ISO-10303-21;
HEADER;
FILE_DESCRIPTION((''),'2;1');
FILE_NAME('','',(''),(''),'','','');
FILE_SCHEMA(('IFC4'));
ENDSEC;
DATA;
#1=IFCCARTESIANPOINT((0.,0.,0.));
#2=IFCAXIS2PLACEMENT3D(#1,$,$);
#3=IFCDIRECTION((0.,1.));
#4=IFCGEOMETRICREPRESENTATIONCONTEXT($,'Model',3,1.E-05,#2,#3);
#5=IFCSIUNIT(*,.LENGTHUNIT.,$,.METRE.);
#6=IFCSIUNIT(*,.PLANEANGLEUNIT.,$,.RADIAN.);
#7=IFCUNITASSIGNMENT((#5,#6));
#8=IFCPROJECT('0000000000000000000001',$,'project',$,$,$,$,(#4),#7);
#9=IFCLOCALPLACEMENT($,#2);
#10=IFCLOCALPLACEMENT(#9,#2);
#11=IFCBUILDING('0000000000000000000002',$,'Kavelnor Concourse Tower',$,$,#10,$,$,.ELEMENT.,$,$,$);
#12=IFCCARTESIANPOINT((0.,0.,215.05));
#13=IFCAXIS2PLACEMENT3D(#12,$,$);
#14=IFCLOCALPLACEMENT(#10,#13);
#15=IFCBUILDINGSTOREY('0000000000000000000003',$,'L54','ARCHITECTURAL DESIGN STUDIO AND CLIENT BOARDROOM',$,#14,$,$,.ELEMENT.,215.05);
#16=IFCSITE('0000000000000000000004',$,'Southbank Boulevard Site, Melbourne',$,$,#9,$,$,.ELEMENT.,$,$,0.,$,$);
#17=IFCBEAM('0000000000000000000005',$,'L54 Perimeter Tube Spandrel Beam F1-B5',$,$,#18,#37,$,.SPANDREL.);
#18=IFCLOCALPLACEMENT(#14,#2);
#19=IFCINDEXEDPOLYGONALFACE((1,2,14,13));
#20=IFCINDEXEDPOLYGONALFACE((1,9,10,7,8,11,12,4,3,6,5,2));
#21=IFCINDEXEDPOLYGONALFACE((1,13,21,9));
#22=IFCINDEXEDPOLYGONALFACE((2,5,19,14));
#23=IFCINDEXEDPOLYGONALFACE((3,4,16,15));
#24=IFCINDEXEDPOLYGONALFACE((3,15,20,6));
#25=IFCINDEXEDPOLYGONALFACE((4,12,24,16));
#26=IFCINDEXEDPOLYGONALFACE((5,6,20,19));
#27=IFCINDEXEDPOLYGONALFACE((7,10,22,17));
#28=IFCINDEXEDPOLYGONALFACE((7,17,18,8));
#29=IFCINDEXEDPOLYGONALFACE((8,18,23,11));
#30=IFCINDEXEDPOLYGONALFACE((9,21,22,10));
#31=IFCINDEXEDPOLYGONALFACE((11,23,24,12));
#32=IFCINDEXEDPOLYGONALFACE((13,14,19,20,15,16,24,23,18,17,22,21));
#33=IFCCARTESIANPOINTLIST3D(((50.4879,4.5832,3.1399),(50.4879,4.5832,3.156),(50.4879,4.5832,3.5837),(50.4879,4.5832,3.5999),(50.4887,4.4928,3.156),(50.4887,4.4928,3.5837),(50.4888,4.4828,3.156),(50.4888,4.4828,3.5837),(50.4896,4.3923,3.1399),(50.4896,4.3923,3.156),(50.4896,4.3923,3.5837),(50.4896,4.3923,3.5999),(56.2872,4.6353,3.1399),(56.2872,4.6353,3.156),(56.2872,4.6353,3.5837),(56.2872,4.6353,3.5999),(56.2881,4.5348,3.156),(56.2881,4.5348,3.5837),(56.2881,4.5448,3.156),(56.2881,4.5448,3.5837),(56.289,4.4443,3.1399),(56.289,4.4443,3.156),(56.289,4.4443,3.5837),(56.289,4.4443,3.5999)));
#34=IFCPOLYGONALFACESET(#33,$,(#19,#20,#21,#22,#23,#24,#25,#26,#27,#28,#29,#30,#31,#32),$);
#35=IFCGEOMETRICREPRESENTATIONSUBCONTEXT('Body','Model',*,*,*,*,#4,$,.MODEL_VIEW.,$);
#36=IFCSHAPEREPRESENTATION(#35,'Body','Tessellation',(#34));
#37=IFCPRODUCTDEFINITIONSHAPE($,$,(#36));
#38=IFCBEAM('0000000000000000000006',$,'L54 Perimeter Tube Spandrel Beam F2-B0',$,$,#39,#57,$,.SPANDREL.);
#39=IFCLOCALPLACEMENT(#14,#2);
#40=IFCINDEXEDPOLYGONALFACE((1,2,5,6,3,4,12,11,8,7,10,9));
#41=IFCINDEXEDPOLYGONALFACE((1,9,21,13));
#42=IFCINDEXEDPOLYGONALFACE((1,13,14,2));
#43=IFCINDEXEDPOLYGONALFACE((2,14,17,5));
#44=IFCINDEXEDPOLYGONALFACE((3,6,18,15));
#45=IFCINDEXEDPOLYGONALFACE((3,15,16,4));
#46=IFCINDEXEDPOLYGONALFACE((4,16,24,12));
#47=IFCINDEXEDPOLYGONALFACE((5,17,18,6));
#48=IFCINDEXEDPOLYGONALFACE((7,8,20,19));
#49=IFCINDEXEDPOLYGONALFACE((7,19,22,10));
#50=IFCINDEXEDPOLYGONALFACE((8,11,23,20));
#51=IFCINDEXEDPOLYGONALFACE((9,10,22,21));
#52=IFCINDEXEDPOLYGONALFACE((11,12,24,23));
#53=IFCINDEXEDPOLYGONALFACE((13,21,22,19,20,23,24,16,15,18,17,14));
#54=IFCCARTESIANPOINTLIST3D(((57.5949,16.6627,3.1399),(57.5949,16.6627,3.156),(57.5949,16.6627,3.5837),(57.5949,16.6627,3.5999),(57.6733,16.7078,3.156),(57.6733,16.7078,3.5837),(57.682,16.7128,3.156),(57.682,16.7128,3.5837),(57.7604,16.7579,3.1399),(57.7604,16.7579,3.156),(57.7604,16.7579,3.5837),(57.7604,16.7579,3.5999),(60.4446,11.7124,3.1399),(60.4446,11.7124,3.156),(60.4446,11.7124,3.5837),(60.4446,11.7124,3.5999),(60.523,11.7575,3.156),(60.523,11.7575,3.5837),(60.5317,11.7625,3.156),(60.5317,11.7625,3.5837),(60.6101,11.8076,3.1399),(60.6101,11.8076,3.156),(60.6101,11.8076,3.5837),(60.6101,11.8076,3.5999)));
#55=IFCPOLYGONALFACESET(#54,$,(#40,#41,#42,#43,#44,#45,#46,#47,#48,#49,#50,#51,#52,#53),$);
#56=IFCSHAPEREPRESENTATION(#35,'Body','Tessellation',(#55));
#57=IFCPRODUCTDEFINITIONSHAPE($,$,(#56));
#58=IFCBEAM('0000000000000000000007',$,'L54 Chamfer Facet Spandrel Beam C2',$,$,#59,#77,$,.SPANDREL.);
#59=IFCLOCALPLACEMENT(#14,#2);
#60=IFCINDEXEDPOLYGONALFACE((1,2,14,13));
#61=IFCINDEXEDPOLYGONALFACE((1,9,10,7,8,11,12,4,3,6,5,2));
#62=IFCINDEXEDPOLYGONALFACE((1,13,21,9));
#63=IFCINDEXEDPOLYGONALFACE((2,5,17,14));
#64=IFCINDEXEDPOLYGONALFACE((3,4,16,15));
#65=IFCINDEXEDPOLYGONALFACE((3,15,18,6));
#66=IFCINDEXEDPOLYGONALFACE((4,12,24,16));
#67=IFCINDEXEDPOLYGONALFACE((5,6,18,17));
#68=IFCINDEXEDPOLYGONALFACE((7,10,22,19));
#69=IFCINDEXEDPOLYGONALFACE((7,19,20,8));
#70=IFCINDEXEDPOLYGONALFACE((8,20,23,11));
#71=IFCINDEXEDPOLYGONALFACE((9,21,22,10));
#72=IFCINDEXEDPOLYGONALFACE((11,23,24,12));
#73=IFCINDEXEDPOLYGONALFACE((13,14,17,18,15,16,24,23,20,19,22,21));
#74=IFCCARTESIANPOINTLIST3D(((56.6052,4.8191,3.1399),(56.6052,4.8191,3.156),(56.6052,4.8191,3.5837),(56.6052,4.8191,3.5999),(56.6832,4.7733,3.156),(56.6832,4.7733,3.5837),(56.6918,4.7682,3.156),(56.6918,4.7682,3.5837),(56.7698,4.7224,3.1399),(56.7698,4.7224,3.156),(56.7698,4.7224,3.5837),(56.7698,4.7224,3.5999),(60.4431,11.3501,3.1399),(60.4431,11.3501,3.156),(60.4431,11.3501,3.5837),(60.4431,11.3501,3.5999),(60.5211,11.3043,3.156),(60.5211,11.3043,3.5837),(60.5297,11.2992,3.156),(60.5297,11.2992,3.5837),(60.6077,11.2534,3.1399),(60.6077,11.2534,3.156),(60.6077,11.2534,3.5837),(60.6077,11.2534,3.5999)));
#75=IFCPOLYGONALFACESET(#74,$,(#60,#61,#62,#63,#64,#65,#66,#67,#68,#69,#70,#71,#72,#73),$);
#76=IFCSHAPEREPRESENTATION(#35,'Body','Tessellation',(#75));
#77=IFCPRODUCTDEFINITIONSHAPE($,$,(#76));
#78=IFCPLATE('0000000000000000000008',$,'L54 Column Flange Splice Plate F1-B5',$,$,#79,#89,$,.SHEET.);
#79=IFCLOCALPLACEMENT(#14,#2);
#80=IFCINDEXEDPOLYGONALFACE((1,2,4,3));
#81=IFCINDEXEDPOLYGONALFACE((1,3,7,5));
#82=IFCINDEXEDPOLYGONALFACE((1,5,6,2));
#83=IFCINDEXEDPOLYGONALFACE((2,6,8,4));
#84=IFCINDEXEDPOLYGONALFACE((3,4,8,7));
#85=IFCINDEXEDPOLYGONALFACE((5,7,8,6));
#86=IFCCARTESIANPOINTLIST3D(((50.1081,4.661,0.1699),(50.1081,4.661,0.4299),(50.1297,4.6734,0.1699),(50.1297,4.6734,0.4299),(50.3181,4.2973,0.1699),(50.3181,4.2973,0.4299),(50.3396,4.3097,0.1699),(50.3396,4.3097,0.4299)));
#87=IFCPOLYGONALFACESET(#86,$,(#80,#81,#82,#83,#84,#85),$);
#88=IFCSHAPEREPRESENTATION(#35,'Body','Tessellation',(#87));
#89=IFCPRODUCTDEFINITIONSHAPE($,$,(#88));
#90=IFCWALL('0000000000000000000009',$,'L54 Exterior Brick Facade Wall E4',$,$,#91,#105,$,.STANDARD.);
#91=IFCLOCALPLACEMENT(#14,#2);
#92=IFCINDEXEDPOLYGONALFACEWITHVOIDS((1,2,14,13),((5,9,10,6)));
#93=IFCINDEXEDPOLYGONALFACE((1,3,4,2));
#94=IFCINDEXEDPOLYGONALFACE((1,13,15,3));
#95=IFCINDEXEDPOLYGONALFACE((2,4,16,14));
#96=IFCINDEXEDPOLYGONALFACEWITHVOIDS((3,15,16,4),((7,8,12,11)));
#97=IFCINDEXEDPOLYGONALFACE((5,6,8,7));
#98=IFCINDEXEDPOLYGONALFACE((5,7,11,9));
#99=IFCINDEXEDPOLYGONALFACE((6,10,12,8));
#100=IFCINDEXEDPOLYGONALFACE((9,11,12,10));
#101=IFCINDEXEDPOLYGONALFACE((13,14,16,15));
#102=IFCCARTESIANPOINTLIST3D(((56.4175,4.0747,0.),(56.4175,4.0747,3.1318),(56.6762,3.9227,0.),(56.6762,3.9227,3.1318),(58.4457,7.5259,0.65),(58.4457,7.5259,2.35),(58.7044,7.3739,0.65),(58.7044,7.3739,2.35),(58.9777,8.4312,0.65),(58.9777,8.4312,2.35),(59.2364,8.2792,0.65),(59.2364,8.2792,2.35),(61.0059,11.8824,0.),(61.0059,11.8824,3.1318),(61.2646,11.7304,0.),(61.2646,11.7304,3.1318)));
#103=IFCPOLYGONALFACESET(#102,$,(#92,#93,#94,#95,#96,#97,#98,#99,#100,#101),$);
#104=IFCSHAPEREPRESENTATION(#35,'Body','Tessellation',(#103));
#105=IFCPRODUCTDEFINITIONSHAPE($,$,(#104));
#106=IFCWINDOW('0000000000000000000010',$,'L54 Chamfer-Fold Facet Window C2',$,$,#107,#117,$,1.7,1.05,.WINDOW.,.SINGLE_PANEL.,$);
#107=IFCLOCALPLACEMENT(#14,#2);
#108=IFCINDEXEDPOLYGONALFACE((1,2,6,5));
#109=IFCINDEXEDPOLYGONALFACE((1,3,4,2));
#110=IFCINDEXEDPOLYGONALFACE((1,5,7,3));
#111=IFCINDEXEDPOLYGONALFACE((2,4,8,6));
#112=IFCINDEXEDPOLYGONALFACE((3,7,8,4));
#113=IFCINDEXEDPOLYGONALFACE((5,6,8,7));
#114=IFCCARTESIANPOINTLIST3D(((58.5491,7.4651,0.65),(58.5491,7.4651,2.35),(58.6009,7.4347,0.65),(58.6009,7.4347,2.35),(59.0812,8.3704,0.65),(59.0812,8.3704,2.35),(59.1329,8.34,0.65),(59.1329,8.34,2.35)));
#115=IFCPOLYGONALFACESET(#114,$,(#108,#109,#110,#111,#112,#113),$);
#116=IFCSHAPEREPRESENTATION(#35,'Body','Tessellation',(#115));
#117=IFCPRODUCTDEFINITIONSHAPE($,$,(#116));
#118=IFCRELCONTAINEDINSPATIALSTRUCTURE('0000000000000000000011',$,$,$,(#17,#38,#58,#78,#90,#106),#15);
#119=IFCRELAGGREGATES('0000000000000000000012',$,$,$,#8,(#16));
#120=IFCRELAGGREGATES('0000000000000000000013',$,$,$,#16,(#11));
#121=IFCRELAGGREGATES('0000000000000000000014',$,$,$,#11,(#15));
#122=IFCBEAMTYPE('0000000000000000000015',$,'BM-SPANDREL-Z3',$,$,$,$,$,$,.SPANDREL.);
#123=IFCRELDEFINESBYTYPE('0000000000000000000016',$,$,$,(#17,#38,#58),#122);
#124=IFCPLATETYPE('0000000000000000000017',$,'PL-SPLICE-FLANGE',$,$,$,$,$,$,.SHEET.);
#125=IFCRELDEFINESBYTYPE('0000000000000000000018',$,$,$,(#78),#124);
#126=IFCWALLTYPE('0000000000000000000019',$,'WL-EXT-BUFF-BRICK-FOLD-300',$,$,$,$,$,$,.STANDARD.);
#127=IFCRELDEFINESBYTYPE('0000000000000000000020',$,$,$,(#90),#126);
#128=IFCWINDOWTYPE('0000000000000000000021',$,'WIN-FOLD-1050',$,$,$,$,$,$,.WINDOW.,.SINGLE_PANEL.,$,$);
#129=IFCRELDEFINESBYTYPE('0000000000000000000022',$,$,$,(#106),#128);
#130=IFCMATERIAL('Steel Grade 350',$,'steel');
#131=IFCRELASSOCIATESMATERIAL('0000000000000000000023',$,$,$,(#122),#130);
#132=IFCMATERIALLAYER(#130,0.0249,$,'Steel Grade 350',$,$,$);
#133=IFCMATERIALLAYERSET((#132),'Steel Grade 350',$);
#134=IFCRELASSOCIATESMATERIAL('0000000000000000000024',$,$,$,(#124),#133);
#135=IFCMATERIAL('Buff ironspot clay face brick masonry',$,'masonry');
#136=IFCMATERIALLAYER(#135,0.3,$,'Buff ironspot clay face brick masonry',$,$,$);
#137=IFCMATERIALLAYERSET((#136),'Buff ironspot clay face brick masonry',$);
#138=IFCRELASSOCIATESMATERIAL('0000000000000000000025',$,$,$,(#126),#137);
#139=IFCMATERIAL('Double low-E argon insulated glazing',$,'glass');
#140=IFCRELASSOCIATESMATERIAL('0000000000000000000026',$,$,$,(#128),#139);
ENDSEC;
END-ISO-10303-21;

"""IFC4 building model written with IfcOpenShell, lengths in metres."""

from ifc_helpers import new_model, si_unit, direction, frame, frame_2d, origin, origin_2d, place, context, subcontext, project, spatial, rectangle, i_section, extrude, material, layer, layer_set, material_profile, profile_set, type_object, element, fill, save


model = new_model("IFC4")

# Units and contexts
model_context = context("Model", 3, precision=1e-05, world=origin(), true_north=direction((0.0, 1.0)))
body_context = subcontext(model_context, "Body", "Model", "MODEL_VIEW")
ifc_project = project(units=[si_unit("LENGTHUNIT", "METRE"), si_unit("PLANEANGLEUNIT", "RADIAN")], contexts=[model_context])

# Site, building, storey
site_placement = place(None, origin())
site = spatial("IfcSite", under=ifc_project, at=site_placement, Name="Southbank Boulevard Site, Melbourne", CompositionType="ELEMENT", RefElevation=0.0)
building_placement = place(site_placement, origin())
building = spatial("IfcBuilding", under=site, at=building_placement, Name="Kavelnor Concourse Tower", CompositionType="ELEMENT")
storey_placement = place(building_placement, frame((0.0, 0.0, 215.05)))
storey = spatial("IfcBuildingStorey", under=building, at=storey_placement, Name="L54", Description="ARCHITECTURAL DESIGN STUDIO AND CLIENT BOARDROOM", CompositionType="ELEMENT", Elevation=215.05)

# Shared definitions
ifc_material_1 = material(Name="Steel Grade 350", Category="steel")

# Beams
ifc_material_profile_1 = material_profile(ifc_material_1, i_section(OverallWidth=0.1909, OverallDepth=0.46, WebThickness=0.01, FlangeThickness=0.0161, at=origin_2d()), Name="460UB82")
ifc_profile_set_1 = profile_set([ifc_material_profile_1], Name="Steel Grade 350")
beam_type_1 = type_object("IfcBeamType", Name="BM-SPANDREL-Z3", PredefinedType="SPANDREL", material=ifc_profile_set_1)
beam_1_placement = place(storey_placement, frame((50.4888, 4.4878, 3.3699), z_axis=(0.99996, 0.008967, 0.0), x_axis=(-0.008967, 0.99996, 0.0)))
element("IfcBeam", 1, at=beam_1_placement, inside=storey, type_object=beam_type_1, Name="L54 Perimeter Tube Spandrel Beam F1-B5", PredefinedType="SPANDREL", context=body_context, shape_type="SweptSolid", body=[
    extrude(i_section(OverallWidth=0.1909, OverallDepth=0.46, WebThickness=0.01, FlangeThickness=0.0161, at=origin_2d()), origin(), (0.0, 0.0, 1.0), 5.7996),
])
beam_2_placement = place(storey_placement, frame((60.5273, 11.76, 3.3699), z_axis=(-0.498898, 0.866661, 0.0), x_axis=(-0.866661, -0.498898, 0.0)))
element("IfcBeam", 2, at=beam_2_placement, inside=storey, type_object=beam_type_1, Name="L54 Perimeter Tube Spandrel Beam F2-B0", PredefinedType="SPANDREL", context=body_context, shape_type="SweptSolid", body=[
    extrude(i_section(OverallWidth=0.1909, OverallDepth=0.46, WebThickness=0.01, FlangeThickness=0.0161, at=origin_2d()), origin(), (0.0, 0.0, 1.0), 5.7119),
])
beam_3_placement = place(storey_placement, frame((56.6875, 4.7708, 3.3699), z_axis=(0.50664, 0.862158, 0.0), x_axis=(-0.862158, 0.50664, 0.0)))
element("IfcBeam", 3, at=beam_3_placement, inside=storey, type_object=beam_type_1, Name="L54 Chamfer Facet Spandrel Beam C2", PredefinedType="SPANDREL", context=body_context, shape_type="SweptSolid", body=[
    extrude(i_section(OverallWidth=0.1909, OverallDepth=0.46, WebThickness=0.01, FlangeThickness=0.0161, at=origin_2d()), origin(), (0.0, 0.0, 1.0), 7.5752),
])

# Plate
ifc_layer_1 = layer(ifc_material_1, 0.0249, Name="Steel Grade 350")
ifc_layer_set_1 = layer_set([ifc_layer_1], Name="Steel Grade 350")
plate_type = type_object("IfcPlateType", Name="PL-SPLICE-FLANGE", PredefinedType="SHEET", material=ifc_layer_set_1)
plate_placement = place(storey_placement, frame((50.2239, 4.4854, 0.1699), z_axis=(0.0, 0.0, 1.0), x_axis=(-0.5, 0.866025, 0.0)))
element("IfcPlate", 4, at=plate_placement, inside=storey, type_object=plate_type, Name="L54 Column Flange Splice Plate F1-B5", PredefinedType="SHEET", context=body_context, shape_type="SweptSolid", body=[
    extrude(rectangle(XDim=0.4199, YDim=0.0249, at=origin_2d()), origin(), (0.0, 0.0, 1.0), 0.26),
])

# Wall, opening, window
ifc_material_2 = material(Name="Buff ironspot clay face brick masonry", Category="masonry")
ifc_layer_2 = layer(ifc_material_2, 0.3, Name="Buff ironspot clay face brick masonry")
ifc_layer_set_2 = layer_set([ifc_layer_2], Name="Buff ironspot clay face brick masonry")
wall_type_1 = type_object("IfcWallType", Name="WL-EXT-BUFF-BRICK-FOLD-300", PredefinedType="STANDARD", material=ifc_layer_set_2)
wall_1_placement = place(storey_placement, frame((61.1353, 11.8064, 0.0), z_axis=(0.0, 0.0, 1.0), x_axis=(-0.506664, -0.862143, 0.0)))
wall_1 = element("IfcWall", 5, at=wall_1_placement, inside=storey, type_object=wall_type_1, Name="L54 Exterior Brick Facade Wall E4", PredefinedType="STANDARD", context=body_context, shape_type="SweptSolid", body=[
    extrude(rectangle(XDim=9.0562, YDim=0.3, at=frame_2d((4.5281, 0.0))), origin(), (0.0, 0.0, 1.0), 3.1318),
])
opening_1_placement = place(wall_1_placement, frame((4.0032, 0.0, 0.6499)))
opening_1 = element("IfcOpeningElement", 6, at=opening_1_placement, cuts=wall_1, PredefinedType="OPENING", context=body_context, shape_type="SweptSolid", body=[
    extrude(rectangle(XDim=1.05, YDim=1.7, at=frame_2d((0.5249, 0.8501))), frame((0.0, 0.1602, 0.0), z_axis=(0.0, -1.0, 0.0), x_axis=(1.0, 0.0, 0.0)), (0.0, 0.0, 1.0), 0.3201),
])
ifc_material_3 = material(Name="Double low-E argon insulated glazing", Category="glass")
window_type_1 = type_object("IfcWindowType", Name="WIN-FOLD-1050", PartitioningType="SINGLE_PANEL", PredefinedType="WINDOW", material=ifc_material_3)
window_1_placement = place(opening_1_placement, origin())
window_1 = element("IfcWindow", 7, at=window_1_placement, inside=storey, type_object=window_type_1, Name="L54 Chamfer-Fold Facet Window C2", OverallHeight=1.7, OverallWidth=1.05, PartitioningType="SINGLE_PANEL", PredefinedType="WINDOW", context=body_context, shape_type="SweptSolid", body=[
    extrude(rectangle(XDim=1.05, YDim=1.7, at=frame_2d((0.5249, 0.8501))), frame((0.0, 0.03, 0.0), z_axis=(0.0, -1.0, 0.0), x_axis=(1.0, 0.0, 0.0)), (0.0, 0.0, 1.0), 0.0601),
])
fill(opening_1, window_1)

save(model, "model.ifc")
